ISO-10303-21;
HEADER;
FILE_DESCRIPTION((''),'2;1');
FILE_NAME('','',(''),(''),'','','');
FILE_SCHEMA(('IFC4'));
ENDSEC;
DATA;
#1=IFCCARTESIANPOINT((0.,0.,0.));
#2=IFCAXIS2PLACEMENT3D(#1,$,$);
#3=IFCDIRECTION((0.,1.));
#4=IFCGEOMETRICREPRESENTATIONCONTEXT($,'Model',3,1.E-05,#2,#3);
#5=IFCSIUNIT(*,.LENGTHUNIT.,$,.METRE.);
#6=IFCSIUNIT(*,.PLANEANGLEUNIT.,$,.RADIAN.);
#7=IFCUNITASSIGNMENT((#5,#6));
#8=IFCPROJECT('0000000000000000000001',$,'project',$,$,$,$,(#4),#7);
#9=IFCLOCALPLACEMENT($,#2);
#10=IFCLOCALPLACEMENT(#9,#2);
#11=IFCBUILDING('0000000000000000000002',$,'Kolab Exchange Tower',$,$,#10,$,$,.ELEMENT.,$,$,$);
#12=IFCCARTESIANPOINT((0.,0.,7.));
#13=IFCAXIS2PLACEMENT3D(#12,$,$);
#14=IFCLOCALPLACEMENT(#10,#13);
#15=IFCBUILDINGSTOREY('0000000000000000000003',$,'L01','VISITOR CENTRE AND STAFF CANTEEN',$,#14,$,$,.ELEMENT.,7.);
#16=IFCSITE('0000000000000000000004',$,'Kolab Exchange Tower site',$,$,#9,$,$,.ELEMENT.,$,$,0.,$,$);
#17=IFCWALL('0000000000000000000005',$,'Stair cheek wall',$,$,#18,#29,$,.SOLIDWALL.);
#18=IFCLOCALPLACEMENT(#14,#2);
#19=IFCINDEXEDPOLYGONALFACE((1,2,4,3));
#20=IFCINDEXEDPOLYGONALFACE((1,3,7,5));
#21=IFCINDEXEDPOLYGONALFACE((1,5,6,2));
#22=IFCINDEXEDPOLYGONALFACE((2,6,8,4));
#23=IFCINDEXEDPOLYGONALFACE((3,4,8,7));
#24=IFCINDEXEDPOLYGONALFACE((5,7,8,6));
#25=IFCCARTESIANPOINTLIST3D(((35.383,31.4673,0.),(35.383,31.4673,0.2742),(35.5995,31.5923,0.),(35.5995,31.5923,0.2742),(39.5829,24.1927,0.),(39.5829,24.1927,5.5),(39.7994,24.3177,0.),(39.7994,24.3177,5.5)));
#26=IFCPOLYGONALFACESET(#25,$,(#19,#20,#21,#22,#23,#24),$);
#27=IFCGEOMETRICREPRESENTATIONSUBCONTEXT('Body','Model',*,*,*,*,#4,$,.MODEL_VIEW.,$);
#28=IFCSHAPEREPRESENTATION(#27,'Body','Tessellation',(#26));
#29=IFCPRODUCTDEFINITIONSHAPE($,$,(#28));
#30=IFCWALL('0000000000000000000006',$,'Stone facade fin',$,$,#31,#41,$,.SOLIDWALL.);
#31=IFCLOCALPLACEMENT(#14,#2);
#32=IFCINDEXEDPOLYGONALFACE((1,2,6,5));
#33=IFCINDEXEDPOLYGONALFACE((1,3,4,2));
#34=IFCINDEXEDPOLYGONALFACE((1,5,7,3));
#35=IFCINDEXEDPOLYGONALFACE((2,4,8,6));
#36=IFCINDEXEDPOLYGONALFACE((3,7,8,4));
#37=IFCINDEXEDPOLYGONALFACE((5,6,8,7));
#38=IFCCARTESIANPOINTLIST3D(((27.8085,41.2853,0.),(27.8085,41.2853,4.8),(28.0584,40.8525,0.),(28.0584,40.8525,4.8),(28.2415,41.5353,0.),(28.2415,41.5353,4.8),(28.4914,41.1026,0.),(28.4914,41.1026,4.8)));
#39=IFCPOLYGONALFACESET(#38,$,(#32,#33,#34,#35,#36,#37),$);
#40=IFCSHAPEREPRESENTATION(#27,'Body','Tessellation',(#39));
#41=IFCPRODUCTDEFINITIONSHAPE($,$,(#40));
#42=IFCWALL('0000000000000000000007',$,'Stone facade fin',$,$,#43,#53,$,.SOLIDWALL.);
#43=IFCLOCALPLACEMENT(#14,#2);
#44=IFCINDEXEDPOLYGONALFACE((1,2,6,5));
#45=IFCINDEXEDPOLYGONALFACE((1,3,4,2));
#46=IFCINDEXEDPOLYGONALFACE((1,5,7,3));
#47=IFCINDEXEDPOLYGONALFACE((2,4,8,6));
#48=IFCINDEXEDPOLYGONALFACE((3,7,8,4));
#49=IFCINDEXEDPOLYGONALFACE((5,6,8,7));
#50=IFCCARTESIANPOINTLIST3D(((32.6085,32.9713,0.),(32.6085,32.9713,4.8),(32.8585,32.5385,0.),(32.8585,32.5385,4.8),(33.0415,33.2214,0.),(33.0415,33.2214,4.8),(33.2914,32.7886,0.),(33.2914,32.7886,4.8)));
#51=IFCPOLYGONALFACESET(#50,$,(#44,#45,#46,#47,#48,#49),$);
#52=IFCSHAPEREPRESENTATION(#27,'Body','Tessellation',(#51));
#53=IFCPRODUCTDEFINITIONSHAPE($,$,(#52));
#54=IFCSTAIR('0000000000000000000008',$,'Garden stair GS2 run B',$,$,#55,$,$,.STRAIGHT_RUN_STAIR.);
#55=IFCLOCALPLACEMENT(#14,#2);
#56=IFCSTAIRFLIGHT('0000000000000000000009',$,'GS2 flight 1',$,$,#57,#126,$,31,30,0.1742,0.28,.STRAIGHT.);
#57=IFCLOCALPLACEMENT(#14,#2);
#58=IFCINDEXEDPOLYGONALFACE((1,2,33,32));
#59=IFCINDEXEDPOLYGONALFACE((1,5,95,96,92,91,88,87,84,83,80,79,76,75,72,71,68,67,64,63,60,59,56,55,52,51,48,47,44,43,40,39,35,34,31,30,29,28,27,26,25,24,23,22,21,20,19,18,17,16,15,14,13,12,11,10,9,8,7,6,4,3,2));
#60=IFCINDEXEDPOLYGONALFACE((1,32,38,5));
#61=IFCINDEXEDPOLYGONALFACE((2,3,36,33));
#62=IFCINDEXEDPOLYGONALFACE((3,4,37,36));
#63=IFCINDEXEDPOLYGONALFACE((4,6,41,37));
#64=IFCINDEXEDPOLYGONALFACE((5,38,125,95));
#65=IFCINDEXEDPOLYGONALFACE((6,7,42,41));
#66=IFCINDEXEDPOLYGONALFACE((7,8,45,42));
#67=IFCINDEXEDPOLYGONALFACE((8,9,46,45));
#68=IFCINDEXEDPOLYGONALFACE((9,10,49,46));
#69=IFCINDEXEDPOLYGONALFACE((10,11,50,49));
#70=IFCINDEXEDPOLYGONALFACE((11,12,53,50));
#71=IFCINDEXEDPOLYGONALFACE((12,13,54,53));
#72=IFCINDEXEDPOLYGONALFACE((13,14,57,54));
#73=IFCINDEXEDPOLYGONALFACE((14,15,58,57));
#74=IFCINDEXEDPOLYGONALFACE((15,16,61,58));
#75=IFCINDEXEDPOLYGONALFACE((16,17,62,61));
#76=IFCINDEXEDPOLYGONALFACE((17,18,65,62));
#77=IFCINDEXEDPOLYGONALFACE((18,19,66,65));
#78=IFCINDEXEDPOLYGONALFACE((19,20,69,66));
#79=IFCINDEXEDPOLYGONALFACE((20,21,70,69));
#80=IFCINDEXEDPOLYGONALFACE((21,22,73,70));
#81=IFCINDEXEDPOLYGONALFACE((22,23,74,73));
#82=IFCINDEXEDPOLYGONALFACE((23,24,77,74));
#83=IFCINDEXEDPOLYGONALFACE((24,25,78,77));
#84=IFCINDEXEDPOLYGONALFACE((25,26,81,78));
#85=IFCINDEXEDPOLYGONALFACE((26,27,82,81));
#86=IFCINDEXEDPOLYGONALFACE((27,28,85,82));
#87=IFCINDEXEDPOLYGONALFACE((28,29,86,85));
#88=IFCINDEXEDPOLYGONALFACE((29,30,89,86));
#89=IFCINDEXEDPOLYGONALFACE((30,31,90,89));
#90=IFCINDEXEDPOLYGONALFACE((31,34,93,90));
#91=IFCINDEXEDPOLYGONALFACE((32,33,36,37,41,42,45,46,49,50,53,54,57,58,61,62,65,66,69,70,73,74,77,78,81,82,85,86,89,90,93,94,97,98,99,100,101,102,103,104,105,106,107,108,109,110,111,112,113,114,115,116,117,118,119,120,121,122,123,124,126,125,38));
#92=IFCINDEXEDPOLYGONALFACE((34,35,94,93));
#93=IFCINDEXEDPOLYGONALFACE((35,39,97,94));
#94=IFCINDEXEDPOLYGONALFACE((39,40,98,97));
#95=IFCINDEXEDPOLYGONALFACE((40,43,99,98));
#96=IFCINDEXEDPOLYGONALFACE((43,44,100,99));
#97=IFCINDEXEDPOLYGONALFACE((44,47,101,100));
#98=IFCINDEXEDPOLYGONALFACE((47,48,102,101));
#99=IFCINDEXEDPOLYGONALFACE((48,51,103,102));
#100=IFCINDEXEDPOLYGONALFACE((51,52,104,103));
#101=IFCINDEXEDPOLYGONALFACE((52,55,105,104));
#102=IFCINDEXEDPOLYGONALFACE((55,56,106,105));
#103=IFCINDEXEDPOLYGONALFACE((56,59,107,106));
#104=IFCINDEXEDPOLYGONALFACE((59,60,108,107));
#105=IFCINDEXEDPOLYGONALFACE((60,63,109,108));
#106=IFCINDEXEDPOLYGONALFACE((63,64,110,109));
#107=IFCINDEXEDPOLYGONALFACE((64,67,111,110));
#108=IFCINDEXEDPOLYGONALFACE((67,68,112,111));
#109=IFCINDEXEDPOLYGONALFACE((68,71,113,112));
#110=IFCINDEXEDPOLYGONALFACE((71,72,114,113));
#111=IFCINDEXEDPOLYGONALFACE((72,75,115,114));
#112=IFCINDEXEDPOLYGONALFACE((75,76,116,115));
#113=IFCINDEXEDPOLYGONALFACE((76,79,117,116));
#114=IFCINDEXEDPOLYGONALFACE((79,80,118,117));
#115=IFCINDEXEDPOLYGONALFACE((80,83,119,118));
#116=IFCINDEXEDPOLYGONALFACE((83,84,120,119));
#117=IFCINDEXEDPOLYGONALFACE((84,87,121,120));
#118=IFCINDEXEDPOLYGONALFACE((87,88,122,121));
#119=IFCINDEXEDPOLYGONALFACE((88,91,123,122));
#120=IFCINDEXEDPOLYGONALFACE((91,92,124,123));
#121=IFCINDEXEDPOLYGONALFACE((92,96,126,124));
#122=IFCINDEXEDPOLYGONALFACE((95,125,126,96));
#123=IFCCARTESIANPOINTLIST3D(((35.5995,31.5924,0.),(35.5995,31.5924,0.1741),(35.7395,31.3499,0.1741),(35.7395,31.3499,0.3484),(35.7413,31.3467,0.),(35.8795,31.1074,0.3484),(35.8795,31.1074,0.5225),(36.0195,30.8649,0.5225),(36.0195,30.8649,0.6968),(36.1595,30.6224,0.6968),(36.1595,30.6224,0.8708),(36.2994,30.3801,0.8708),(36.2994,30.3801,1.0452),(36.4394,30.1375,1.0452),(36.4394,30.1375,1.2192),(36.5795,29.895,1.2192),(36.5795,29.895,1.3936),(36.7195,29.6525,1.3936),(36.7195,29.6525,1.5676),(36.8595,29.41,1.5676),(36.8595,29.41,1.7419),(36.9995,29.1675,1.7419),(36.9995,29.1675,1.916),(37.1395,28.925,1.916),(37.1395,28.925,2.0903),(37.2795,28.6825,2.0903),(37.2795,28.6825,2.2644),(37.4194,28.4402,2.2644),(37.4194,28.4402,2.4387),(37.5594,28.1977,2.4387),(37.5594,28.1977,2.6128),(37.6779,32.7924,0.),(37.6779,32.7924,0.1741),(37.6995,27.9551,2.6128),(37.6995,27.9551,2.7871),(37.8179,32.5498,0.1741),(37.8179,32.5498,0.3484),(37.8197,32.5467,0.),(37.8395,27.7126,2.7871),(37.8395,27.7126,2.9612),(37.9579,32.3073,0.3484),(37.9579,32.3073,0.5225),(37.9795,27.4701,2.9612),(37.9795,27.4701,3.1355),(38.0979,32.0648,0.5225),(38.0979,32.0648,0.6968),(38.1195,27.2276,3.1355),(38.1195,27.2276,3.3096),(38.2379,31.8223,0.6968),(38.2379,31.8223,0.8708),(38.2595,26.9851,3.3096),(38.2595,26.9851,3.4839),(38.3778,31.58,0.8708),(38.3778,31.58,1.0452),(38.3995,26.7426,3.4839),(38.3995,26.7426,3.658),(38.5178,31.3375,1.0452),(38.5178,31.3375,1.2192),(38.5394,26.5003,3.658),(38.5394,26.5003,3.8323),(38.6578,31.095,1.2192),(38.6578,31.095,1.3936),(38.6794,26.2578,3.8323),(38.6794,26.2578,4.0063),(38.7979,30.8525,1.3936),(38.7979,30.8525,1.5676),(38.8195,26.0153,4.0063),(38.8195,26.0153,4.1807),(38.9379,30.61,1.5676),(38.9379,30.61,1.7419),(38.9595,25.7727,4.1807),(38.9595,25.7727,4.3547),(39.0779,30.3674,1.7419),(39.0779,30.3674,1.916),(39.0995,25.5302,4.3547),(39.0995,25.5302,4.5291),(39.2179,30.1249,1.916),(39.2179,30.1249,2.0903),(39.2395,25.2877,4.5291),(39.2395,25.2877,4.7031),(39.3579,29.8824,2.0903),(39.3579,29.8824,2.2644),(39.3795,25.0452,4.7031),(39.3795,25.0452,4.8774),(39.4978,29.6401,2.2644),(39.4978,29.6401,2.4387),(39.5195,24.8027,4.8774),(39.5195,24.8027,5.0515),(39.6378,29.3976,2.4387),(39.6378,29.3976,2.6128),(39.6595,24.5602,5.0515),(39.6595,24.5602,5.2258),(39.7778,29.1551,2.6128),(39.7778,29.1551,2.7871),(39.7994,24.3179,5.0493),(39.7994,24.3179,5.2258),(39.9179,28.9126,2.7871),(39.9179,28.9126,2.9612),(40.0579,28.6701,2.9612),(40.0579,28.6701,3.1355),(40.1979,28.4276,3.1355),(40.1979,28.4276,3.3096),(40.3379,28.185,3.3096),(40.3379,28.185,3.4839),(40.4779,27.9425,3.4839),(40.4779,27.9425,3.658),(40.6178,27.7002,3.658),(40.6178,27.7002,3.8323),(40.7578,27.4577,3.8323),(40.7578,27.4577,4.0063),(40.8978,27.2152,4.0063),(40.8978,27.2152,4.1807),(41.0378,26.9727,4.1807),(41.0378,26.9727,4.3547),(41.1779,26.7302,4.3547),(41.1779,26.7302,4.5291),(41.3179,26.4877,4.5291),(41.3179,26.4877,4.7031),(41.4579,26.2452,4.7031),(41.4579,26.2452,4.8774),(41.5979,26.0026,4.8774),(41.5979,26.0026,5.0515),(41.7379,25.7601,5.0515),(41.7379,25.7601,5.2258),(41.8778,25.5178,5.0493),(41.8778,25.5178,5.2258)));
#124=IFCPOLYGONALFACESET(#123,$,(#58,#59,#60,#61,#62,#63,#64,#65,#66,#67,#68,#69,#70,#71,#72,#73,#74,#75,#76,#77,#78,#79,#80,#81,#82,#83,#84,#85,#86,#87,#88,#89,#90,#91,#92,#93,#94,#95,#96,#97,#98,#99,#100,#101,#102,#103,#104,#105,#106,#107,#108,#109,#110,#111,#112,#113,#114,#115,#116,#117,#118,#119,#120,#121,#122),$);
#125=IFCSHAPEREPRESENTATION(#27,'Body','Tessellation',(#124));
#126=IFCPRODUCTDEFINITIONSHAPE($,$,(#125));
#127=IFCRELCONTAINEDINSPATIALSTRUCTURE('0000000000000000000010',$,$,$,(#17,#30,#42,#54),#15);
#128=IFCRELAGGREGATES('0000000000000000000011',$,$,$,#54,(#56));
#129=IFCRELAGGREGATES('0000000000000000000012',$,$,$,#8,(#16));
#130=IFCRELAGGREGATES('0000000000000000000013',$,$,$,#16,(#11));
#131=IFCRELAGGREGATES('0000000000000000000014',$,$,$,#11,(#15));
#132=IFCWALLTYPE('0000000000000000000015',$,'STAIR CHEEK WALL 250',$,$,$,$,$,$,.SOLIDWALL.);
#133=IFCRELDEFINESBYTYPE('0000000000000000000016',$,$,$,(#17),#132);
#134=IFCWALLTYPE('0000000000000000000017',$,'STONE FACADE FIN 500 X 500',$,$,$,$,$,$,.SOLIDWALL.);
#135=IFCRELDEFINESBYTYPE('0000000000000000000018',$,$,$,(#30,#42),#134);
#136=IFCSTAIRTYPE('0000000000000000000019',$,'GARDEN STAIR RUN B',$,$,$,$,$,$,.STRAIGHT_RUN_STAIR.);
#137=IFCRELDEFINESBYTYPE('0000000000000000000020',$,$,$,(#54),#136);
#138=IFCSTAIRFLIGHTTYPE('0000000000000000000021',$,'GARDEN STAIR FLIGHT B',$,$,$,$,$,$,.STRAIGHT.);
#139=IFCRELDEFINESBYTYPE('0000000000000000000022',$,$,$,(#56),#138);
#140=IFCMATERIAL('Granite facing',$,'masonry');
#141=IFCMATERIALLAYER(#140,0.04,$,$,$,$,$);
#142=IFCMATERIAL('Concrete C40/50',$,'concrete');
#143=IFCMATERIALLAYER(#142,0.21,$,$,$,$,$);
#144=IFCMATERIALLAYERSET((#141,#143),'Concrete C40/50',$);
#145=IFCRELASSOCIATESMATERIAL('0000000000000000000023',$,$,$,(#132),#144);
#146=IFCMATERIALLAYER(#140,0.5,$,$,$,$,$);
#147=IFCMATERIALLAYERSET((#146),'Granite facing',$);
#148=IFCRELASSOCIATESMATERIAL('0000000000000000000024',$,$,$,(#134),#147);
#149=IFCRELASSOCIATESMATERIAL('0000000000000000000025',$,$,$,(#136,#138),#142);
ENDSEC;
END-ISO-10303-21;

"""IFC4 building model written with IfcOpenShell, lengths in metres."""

from ifc_helpers import new_model, si_unit, direction, frame, frame_2d, origin, place, context, subcontext, project, spatial, polyline, rectangle, outline, extrude, material, layer, layer_set, type_object, element, aggregate, save


model = new_model("IFC4")

# Units and contexts
model_context = context("Model", 3, precision=1e-05, world=origin(), true_north=direction((0.0, 1.0)))
body_context = subcontext(model_context, "Body", "Model", "MODEL_VIEW")
ifc_project = project(units=[si_unit("LENGTHUNIT", "METRE"), si_unit("PLANEANGLEUNIT", "RADIAN")], contexts=[model_context])

# Site, building, storey
site_placement = place(None, origin())
site = spatial("IfcSite", under=ifc_project, at=site_placement, Name="Kolab Exchange Tower site", CompositionType="ELEMENT", RefElevation=0.0)
building_placement = place(site_placement, origin())
building = spatial("IfcBuilding", under=site, at=building_placement, Name="Kolab Exchange Tower", CompositionType="ELEMENT")
storey_placement = place(building_placement, frame((0.0, 0.0, 7.0)))
storey = spatial("IfcBuildingStorey", under=building, at=storey_placement, Name="L01", Description="VISITOR CENTRE AND STAFF CANTEEN", CompositionType="ELEMENT", Elevation=7.0)

# Walls
ifc_material_1 = material(Name="Granite facing", Category="masonry")
ifc_layer_1 = layer(ifc_material_1, 0.04)
ifc_material_2 = material(Name="Concrete C40/50", Category="concrete")
ifc_layer_2 = layer(ifc_material_2, 0.21)
ifc_layer_set_1 = layer_set([ifc_layer_1, ifc_layer_2], Name="Concrete C40/50")
wall_type_1 = type_object("IfcWallType", Name="STAIR CHEEK WALL 250", PredefinedType="SOLIDWALL", material=ifc_layer_set_1)
for number, where, z_axis, x_axis, name in (
    (1, (35.4912, 31.5298, 0.0), (0.0, 0.0, 1.0), (0.499993, -0.866029, 0.0), "Stair cheek wall"),
):
    element("IfcWall", number, at=place(storey_placement, frame(where, z_axis=z_axis, x_axis=x_axis)), inside=storey, type_object=wall_type_1, Name=name, PredefinedType="SOLIDWALL", context=body_context, shape_type="SweptSolid", body=[
        extrude(outline(polyline([(0.0, 0.0), (8.3999, 0.0), (8.3999, 5.5), (0.0, 0.2742), (0.0, 0.0)])), frame((0.0, 0.125, 0.0), z_axis=(0.0, -1.0, 0.0), x_axis=(1.0, 0.0, 0.0)), (0.0, 0.0, 1.0), 0.25),
    ])
ifc_layer_3 = layer(ifc_material_1, 0.5)
ifc_layer_set_2 = layer_set([ifc_layer_3], Name="Granite facing")
wall_type_2 = type_object("IfcWallType", Name="STONE FACADE FIN 500 X 500", PredefinedType="SOLIDWALL", material=ifc_layer_set_2)
for number, where, z_axis, x_axis, name in (
    (2, (28.0249, 41.4104, 0.0), (0.0, 0.0, 1.0), (0.500131, -0.86595, 0.0), "Stone facade fin"),
    (3, (32.825, 33.0964, 0.0), (0.0, 0.0, 1.0), (0.500131, -0.86595, 0.0), "Stone facade fin"),
):
    element("IfcWall", number, at=place(storey_placement, frame(where, z_axis=z_axis, x_axis=x_axis)), inside=storey, type_object=wall_type_2, Name=name, PredefinedType="SOLIDWALL", context=body_context, shape_type="SweptSolid", body=[
        extrude(rectangle(XDim=0.4998, YDim=0.5, at=frame_2d((0.25, 0.0))), origin(), (0.0, 0.0, 1.0), 4.8),
    ])

# Stair, stair flight
stair_type = type_object("IfcStairType", Name="GARDEN STAIR RUN B", PredefinedType="STRAIGHT_RUN_STAIR", material=ifc_material_2)
stair_placement = place(storey_placement, origin())
stair = element("IfcStair", 4, at=stair_placement, inside=storey, type_object=stair_type, Name="Garden stair GS2 run B", PredefinedType="STRAIGHT_RUN_STAIR")
stair_flight_type = type_object("IfcStairFlightType", Name="GARDEN STAIR FLIGHT B", PredefinedType="STRAIGHT", material=ifc_material_2)
stair_flight_placement = place(storey_placement, frame((36.6387, 32.1924, 0.0), z_axis=(0.0, 0.0, 1.0), x_axis=(0.5, -0.866025, 0.0)))
stair_flight = element("IfcStairFlight", 5, at=stair_flight_placement, type_object=stair_flight_type, Name="GS2 flight 1", NumberOfRisers=31, NumberOfTreads=30, PredefinedType="STRAIGHT", RiserHeight=0.1742, TreadLength=0.28, context=body_context, shape_type="SweptSolid", body=[
    extrude(outline(polyline([(0.0, 0.0), (0.0, 0.1741), (0.28, 0.1741), (0.28, 0.3484), (0.5601, 0.3484), (0.5601, 0.5225), (0.8401, 0.5225), (0.8401, 0.6968), (1.1201, 0.6968), (1.1201, 0.8708), (1.3999, 0.8708), (1.3999, 1.0452), (1.6799, 1.0452), (1.6799, 1.2192), (1.96, 1.2192), (1.96, 1.3936), (2.24, 1.3936), (2.24, 1.5676), (2.52, 1.5676), (2.52, 1.7419), (2.8, 1.7419), (2.8, 1.916), (3.0801, 1.916), (3.0801, 2.0903), (3.3601, 2.0903), (3.3601, 2.2644), (3.6399, 2.2644), (3.6399, 2.4387), (3.9199, 2.4387), (3.9199, 2.6128), (4.2, 2.6128), (4.2, 2.7871), (4.48, 2.7871), (4.48, 2.9612), (4.76, 2.9612), (4.76, 3.1355), (5.04, 3.1355), (5.04, 3.3096), (5.3201, 3.3096), (5.3201, 3.4839), (5.6001, 3.4839), (5.6001, 3.658), (5.8799, 3.658), (5.8799, 3.8323), (6.1599, 3.8323), (6.1599, 4.0063), (6.4399, 4.0063), (6.4399, 4.1807), (6.72, 4.1807), (6.72, 4.3547), (7.0, 4.3547), (7.0, 4.5291), (7.28, 4.5291), (7.28, 4.7031), (7.5601, 4.7031), (7.5601, 4.8774), (7.8401, 4.8774), (7.8401, 5.0515), (8.1201, 5.0515), (8.1201, 5.2258), (8.3999, 5.2258), (8.3999, 5.3999), (8.3999, 5.0493), (0.2837, 0.0), (0.0, 0.0)])), frame((0.0, 1.2, 0.0), z_axis=(0.0, -1.0, 0.0), x_axis=(1.0, 0.0, 0.0)), (0.0, 0.0, 1.0), 2.3999),
])
aggregate(stair, [stair_flight])

save(model, "model.ifc")
